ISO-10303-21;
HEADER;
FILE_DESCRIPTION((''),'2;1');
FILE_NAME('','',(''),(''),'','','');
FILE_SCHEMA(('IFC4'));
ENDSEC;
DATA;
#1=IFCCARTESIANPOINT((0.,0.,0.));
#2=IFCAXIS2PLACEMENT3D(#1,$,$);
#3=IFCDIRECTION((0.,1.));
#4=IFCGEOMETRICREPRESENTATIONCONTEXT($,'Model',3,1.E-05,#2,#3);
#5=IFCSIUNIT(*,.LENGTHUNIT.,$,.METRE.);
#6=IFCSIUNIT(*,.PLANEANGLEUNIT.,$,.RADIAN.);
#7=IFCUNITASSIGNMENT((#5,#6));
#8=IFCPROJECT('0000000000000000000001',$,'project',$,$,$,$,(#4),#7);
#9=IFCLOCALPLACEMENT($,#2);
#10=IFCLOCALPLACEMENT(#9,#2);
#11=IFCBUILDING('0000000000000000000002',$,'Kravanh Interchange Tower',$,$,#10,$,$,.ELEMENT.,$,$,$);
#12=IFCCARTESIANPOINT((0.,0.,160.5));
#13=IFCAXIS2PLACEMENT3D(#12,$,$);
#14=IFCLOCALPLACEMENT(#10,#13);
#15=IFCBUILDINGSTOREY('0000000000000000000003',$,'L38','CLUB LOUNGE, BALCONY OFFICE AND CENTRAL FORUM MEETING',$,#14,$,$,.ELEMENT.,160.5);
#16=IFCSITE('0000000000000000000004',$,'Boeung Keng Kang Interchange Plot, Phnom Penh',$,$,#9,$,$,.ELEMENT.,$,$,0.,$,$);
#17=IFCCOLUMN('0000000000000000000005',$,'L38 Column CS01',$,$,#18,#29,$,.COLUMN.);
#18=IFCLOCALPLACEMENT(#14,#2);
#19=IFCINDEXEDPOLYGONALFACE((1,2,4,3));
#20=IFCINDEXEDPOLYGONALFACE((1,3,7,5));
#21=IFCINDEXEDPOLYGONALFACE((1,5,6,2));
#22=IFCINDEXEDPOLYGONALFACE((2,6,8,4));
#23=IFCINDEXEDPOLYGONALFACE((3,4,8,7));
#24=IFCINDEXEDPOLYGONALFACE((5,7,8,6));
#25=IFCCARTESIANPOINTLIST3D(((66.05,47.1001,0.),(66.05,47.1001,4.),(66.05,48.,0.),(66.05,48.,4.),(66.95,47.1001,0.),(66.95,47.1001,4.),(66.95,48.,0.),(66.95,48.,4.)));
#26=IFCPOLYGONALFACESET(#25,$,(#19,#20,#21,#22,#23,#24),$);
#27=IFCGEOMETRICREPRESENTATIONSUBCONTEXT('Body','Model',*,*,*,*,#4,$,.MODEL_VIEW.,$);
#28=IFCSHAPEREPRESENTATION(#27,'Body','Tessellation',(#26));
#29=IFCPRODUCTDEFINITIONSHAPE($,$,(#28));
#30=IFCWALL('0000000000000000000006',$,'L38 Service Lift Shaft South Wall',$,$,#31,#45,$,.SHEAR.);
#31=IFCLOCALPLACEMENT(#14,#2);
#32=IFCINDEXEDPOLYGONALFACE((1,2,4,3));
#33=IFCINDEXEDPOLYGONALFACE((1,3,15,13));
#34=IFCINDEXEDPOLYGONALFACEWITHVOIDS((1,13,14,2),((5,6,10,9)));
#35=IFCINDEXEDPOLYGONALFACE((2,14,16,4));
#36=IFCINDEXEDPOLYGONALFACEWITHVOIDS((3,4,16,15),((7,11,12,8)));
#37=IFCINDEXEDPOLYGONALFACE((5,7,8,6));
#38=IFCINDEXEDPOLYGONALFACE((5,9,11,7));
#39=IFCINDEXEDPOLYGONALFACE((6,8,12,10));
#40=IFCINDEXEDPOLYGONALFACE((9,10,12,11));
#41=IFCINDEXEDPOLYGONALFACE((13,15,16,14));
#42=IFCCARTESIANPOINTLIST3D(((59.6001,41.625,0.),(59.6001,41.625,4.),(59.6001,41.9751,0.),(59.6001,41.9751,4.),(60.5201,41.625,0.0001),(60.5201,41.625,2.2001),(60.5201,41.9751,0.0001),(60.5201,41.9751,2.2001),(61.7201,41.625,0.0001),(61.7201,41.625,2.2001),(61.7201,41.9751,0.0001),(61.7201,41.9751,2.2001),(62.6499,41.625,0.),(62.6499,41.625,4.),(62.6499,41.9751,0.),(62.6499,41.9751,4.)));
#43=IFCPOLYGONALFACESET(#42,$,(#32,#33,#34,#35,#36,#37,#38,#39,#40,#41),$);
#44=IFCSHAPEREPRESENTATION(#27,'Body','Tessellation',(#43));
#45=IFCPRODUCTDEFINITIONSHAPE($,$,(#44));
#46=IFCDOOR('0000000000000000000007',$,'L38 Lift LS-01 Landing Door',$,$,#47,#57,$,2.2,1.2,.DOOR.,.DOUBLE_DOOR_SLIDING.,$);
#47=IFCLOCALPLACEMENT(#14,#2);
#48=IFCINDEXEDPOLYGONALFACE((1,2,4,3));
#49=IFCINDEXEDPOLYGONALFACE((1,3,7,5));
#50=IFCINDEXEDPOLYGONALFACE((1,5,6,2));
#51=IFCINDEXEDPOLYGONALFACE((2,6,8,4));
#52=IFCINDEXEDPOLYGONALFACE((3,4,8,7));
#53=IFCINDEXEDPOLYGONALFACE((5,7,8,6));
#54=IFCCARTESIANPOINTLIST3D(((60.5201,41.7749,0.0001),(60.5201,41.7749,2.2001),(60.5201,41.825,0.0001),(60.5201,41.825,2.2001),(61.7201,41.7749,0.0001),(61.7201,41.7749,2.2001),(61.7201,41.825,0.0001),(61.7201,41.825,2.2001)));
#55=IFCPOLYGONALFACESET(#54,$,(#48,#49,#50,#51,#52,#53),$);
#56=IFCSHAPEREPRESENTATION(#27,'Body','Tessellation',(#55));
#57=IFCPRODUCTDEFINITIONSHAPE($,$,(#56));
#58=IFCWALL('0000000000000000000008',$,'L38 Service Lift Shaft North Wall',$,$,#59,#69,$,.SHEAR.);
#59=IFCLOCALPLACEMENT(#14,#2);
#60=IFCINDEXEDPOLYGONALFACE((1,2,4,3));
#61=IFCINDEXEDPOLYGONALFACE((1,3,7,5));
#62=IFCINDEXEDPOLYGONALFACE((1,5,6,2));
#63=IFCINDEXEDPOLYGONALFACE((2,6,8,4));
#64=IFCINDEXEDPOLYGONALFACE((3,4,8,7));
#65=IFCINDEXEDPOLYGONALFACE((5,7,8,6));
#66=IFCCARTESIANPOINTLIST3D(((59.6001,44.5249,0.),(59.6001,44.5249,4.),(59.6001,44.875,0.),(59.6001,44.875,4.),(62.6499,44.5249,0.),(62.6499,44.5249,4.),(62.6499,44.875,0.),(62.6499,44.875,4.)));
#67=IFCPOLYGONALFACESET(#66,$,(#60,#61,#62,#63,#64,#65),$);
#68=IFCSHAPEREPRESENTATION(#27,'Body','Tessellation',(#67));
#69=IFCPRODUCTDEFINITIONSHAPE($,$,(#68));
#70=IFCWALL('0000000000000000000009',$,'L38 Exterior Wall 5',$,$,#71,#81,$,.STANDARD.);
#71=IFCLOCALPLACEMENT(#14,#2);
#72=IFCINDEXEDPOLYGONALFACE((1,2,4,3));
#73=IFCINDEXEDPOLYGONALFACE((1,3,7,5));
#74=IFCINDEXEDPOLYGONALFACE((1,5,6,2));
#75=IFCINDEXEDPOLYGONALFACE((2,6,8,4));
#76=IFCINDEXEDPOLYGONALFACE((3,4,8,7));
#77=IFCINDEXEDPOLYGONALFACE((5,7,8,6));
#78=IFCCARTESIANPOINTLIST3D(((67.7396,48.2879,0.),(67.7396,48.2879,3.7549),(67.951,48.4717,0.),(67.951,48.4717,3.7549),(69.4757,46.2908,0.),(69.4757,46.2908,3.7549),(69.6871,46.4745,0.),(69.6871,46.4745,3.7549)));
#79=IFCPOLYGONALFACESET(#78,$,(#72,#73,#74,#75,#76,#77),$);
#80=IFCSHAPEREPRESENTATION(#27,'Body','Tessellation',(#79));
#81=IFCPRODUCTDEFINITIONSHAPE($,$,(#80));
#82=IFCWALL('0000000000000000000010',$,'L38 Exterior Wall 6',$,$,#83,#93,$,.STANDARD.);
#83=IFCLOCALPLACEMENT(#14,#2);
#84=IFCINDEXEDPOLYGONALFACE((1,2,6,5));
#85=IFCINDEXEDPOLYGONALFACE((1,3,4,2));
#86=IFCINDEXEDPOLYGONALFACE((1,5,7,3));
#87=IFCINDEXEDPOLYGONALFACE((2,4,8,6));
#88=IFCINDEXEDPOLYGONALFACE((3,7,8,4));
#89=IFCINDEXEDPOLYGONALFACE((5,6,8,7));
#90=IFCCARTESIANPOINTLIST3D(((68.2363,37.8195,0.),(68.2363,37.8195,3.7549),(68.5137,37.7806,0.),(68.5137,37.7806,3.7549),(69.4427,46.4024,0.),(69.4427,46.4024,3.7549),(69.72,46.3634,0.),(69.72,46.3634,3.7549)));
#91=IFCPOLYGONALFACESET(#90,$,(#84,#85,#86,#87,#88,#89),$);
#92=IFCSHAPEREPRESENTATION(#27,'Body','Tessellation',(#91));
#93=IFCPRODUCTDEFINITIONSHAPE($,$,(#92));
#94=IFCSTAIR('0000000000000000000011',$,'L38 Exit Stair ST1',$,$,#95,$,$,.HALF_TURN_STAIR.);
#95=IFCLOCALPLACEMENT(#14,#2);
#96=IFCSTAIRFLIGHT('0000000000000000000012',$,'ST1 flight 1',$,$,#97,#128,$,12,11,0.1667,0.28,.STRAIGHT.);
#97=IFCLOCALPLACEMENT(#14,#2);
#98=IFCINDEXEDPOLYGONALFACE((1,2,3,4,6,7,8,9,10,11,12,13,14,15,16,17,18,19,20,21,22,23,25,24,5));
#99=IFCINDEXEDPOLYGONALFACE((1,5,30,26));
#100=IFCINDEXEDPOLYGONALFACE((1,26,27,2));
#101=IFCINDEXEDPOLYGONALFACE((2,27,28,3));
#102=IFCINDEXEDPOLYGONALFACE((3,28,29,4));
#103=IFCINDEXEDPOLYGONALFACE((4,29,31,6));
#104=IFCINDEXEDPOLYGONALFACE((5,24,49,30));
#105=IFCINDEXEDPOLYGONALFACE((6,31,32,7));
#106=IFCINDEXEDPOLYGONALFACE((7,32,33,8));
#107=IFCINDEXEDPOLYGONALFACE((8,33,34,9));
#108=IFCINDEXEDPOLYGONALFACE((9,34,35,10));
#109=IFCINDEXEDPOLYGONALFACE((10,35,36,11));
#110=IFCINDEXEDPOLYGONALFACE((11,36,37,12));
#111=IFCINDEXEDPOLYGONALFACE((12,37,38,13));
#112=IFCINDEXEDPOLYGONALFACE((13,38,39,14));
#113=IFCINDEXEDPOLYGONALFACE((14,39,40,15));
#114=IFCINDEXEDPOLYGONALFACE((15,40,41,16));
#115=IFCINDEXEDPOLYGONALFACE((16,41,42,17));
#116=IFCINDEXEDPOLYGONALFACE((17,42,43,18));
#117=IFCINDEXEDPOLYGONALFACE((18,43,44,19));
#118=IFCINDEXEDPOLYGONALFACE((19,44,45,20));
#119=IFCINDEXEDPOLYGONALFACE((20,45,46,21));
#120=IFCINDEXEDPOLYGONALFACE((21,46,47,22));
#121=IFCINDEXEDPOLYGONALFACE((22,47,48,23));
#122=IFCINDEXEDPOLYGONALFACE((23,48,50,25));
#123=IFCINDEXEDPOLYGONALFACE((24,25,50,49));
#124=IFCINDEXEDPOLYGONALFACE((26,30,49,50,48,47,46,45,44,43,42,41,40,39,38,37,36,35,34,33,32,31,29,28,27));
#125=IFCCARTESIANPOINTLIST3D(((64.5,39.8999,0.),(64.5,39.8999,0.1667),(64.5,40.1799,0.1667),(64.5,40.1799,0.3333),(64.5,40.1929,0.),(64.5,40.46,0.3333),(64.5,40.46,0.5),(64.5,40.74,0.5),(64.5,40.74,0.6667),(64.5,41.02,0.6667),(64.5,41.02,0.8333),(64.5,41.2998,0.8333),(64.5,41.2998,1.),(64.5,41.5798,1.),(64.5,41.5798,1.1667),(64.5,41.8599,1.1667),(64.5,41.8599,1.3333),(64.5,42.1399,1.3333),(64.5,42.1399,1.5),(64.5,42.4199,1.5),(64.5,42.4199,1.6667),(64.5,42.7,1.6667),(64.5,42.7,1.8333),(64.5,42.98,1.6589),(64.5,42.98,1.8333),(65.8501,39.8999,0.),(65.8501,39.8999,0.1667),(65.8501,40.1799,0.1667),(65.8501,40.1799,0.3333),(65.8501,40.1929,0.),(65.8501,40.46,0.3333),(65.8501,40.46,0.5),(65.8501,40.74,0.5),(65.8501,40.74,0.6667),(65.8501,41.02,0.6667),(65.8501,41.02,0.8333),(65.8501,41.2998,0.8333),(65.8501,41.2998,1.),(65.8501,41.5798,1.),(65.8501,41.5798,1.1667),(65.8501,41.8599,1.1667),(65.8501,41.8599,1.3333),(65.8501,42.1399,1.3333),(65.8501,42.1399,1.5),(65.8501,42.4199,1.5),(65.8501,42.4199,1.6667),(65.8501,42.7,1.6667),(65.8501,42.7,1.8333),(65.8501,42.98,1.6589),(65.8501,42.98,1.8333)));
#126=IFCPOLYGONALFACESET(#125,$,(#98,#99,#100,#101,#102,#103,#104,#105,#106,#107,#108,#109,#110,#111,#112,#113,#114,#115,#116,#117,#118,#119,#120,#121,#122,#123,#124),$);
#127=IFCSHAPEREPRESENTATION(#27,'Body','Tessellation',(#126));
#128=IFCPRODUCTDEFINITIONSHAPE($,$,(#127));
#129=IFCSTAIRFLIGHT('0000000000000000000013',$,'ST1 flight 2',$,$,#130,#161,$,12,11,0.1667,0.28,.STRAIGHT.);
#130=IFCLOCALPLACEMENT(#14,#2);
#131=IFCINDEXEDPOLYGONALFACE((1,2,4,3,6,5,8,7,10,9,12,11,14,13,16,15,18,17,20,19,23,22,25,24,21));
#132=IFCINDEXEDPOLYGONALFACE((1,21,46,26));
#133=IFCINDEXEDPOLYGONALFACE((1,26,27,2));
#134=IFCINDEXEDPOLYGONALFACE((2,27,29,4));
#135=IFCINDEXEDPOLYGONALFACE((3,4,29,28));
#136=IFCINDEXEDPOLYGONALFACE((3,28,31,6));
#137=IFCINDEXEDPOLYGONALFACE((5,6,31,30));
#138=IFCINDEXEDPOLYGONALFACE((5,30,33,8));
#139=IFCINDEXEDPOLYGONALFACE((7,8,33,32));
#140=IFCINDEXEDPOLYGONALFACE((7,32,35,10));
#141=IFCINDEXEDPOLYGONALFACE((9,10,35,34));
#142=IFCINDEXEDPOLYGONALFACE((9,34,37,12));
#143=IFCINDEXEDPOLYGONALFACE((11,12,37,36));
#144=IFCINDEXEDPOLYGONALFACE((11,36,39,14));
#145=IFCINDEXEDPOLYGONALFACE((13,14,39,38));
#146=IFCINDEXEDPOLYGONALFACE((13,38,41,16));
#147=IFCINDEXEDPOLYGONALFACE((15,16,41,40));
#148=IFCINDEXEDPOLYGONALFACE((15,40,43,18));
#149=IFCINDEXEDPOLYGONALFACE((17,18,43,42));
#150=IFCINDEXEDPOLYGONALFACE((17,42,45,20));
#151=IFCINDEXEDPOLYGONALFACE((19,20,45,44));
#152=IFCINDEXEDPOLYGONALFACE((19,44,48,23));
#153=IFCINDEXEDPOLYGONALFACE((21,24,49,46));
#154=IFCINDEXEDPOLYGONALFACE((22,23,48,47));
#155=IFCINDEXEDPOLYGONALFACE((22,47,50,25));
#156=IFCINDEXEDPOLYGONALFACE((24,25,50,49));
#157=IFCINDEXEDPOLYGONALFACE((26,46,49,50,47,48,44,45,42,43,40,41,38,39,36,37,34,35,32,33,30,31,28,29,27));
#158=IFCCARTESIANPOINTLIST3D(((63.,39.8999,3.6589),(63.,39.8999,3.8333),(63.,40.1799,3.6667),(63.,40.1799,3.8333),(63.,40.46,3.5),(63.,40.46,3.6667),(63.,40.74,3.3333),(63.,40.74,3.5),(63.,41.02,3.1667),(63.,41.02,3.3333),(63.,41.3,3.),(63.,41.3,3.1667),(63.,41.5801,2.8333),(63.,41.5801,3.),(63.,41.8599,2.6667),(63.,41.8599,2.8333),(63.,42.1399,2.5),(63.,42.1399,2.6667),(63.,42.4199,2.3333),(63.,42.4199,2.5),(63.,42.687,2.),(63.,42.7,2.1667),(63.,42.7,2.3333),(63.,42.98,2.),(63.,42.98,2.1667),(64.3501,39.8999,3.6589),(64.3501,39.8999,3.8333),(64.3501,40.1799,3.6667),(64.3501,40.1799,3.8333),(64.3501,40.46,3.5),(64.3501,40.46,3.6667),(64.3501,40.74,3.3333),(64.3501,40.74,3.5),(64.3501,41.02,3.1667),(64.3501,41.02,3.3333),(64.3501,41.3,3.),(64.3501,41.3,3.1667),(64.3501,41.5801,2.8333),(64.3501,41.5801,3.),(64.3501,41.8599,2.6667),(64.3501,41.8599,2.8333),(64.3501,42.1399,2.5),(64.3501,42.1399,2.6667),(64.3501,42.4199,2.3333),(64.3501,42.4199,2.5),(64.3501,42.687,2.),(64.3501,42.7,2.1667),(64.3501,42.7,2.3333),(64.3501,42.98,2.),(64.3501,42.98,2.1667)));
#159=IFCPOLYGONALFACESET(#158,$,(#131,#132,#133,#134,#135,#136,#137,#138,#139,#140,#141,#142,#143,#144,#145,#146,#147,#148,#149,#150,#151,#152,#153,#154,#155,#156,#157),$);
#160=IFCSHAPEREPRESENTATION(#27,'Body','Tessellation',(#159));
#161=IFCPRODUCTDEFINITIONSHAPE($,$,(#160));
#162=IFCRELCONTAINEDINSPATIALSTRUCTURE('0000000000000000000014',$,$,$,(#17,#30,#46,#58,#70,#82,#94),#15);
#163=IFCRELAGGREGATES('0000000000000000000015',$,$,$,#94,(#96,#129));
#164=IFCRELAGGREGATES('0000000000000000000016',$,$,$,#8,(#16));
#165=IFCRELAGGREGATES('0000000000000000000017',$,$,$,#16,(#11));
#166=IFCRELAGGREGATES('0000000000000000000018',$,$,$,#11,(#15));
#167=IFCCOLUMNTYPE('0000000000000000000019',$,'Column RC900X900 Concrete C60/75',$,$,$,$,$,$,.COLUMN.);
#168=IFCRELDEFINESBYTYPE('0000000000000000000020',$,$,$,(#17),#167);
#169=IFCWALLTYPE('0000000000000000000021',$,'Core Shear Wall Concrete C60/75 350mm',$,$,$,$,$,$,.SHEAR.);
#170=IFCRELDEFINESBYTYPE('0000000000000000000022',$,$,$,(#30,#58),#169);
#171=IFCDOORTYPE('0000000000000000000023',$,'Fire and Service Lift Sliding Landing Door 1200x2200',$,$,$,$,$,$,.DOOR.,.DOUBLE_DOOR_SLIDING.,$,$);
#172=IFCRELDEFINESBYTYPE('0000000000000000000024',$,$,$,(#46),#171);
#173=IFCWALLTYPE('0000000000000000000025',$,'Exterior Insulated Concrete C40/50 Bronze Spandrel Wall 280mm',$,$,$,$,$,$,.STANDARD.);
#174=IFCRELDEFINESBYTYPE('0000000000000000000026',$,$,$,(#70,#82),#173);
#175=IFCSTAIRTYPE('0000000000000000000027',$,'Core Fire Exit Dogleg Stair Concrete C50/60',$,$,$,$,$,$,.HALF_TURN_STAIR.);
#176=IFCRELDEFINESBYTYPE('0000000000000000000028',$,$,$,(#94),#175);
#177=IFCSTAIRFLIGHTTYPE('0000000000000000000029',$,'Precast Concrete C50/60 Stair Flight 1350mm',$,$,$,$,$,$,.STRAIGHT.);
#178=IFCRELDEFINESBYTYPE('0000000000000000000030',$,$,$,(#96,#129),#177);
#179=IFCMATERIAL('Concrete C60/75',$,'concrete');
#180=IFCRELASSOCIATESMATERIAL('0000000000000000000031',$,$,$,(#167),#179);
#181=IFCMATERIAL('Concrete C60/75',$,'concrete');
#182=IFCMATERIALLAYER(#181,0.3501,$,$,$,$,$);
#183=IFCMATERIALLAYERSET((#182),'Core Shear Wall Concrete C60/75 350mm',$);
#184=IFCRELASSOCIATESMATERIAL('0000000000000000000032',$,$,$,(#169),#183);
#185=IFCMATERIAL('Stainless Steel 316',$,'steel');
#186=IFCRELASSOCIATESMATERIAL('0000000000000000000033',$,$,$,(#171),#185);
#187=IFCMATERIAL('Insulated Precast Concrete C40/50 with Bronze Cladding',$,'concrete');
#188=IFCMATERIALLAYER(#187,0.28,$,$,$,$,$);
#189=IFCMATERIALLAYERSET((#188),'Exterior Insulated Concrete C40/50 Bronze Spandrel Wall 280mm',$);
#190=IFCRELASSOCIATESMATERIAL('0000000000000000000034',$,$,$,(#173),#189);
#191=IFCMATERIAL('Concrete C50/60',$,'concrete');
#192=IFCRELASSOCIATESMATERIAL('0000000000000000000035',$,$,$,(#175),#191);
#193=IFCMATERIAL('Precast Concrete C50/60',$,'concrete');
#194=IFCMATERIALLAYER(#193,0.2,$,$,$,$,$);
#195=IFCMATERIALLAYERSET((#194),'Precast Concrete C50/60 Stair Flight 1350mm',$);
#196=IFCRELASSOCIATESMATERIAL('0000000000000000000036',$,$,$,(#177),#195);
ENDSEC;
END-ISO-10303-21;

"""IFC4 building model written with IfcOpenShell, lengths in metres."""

from ifc_helpers import new_model, si_unit, direction, frame, frame_2d, origin, origin_2d, place, context, subcontext, project, spatial, polyline, rectangle, outline, extrude, material, layer, layer_set, material_profile, profile_set, type_object, element, fill, aggregate, save


model = new_model("IFC4")

# Units and contexts
model_context = context("Model", 3, precision=1e-05, world=origin(), true_north=direction((0.0, 1.0)))
body_context = subcontext(model_context, "Body", "Model", "MODEL_VIEW")
ifc_project = project(units=[si_unit("LENGTHUNIT", "METRE"), si_unit("PLANEANGLEUNIT", "RADIAN")], contexts=[model_context])

# Site, building, storey
site_placement = place(None, origin())
site = spatial("IfcSite", under=ifc_project, at=site_placement, Name="Boeung Keng Kang Interchange Plot, Phnom Penh", CompositionType="ELEMENT", RefElevation=0.0)
building_placement = place(site_placement, origin())
building = spatial("IfcBuilding", under=site, at=building_placement, Name="Kravanh Interchange Tower", CompositionType="ELEMENT")
storey_placement = place(building_placement, frame((0.0, 0.0, 160.5)))
storey = spatial("IfcBuildingStorey", under=building, at=storey_placement, Name="L38", Description="CLUB LOUNGE, BALCONY OFFICE AND CENTRAL FORUM MEETING", CompositionType="ELEMENT", Elevation=160.5)

# Column
ifc_material_1 = material(Name="Concrete C60/75", Category="concrete")
ifc_material_profile = material_profile(ifc_material_1, rectangle(XDim=0.8999, YDim=0.8999, at=origin_2d()), Name="RC900X900")
ifc_profile_set = profile_set([ifc_material_profile], Name="Concrete C60/75")
column_type = type_object("IfcColumnType", Name="Column RC900X900 Concrete C60/75", PredefinedType="COLUMN", material=ifc_profile_set)
column_placement = place(storey_placement, frame((66.5, 47.55, 0.0), z_axis=(0.0, 0.0, 1.0), x_axis=(1.0, 0.0, 0.0)))
element("IfcColumn", 1, at=column_placement, inside=storey, type_object=column_type, Name="L38 Column CS01", PredefinedType="COLUMN", context=body_context, shape_type="SweptSolid", body=[
    extrude(rectangle(XDim=0.8999, YDim=0.8999, at=origin_2d()), origin(), (0.0, 0.0, 1.0), 4.0),
])

# Wall, opening, door
ifc_material_2 = material(Name="Concrete C60/75", Category="concrete")
ifc_layer_1 = layer(ifc_material_2, 0.3501)
ifc_layer_set_1 = layer_set([ifc_layer_1], Name="Core Shear Wall Concrete C60/75 350mm")
wall_type_1 = type_object("IfcWallType", Name="Core Shear Wall Concrete C60/75 350mm", PredefinedType="SHEAR", material=ifc_layer_set_1)
wall_1_placement = place(storey_placement, frame((59.6001, 41.8, 0.0), z_axis=(0.0, 0.0, 1.0), x_axis=(1.0, 0.0, 0.0)))
wall_1 = element("IfcWall", 2, at=wall_1_placement, inside=storey, type_object=wall_type_1, Name="L38 Service Lift Shaft South Wall", PredefinedType="SHEAR", context=body_context, shape_type="SweptSolid", body=[
    extrude(rectangle(XDim=3.0498, YDim=0.3501, at=frame_2d((1.5249, 0.0))), origin(), (0.0, 0.0, 1.0), 4.0),
])
opening_placement = place(wall_1_placement, frame((0.9199, 0.0, 0.0)))
opening = element("IfcOpeningElement", 3, at=opening_placement, cuts=wall_1, PredefinedType="OPENING", context=body_context, shape_type="SweptSolid", body=[
    extrude(rectangle(XDim=1.2, YDim=2.2, at=frame_2d((0.6001, 1.1001))), frame((0.0, 0.1851, 0.0), z_axis=(0.0, -1.0, 0.0), x_axis=(1.0, 0.0, 0.0)), (0.0, 0.0, 1.0), 0.3701),
])
ifc_material_3 = material(Name="Stainless Steel 316", Category="steel")
door_type = type_object("IfcDoorType", Name="Fire and Service Lift Sliding Landing Door 1200x2200", OperationType="DOUBLE_DOOR_SLIDING", PredefinedType="DOOR", material=ifc_material_3)
door_placement = place(opening_placement, origin())
door = element("IfcDoor", 4, at=door_placement, inside=storey, type_object=door_type, Name="L38 Lift LS-01 Landing Door", OperationType="DOUBLE_DOOR_SLIDING", OverallHeight=2.2, OverallWidth=1.2, PredefinedType="DOOR", context=body_context, shape_type="SweptSolid", body=[
    extrude(rectangle(XDim=1.2, YDim=2.2, at=frame_2d((0.6001, 1.1001))), frame((0.0, 0.0249, 0.0), z_axis=(0.0, -1.0, 0.0), x_axis=(1.0, 0.0, 0.0)), (0.0, 0.0, 1.0), 0.05),
])
fill(opening, door)

# Walls
wall_2_placement = place(storey_placement, frame((59.6001, 44.7, 0.0), z_axis=(0.0, 0.0, 1.0), x_axis=(1.0, 0.0, 0.0)))
element("IfcWall", 5, at=wall_2_placement, inside=storey, type_object=wall_type_1, Name="L38 Service Lift Shaft North Wall", PredefinedType="SHEAR", context=body_context, shape_type="SweptSolid", body=[
    extrude(rectangle(XDim=3.0498, YDim=0.3501, at=frame_2d((1.5249, 0.0))), origin(), (0.0, 0.0, 1.0), 4.0),
])
ifc_material_4 = material(Name="Insulated Precast Concrete C40/50 with Bronze Cladding", Category="concrete")
ifc_layer_2 = layer(ifc_material_4, 0.28)
ifc_layer_set_2 = layer_set([ifc_layer_2], Name="Exterior Insulated Concrete C40/50 Bronze Spandrel Wall 280mm")
wall_type_2 = type_object("IfcWallType", Name="Exterior Insulated Concrete C40/50 Bronze Spandrel Wall 280mm", PredefinedType="STANDARD", material=ifc_layer_set_2)
wall_3_placement = place(storey_placement, frame((67.8452, 48.3799, 0.0), z_axis=(0.0, 0.0, 1.0), x_axis=(0.656071, -0.754699, 0.0)))
element("IfcWall", 6, at=wall_3_placement, inside=storey, type_object=wall_type_2, Name="L38 Exterior Wall 5", PredefinedType="STANDARD", context=body_context, shape_type="SweptSolid", body=[
    extrude(rectangle(XDim=2.6462, YDim=0.28, at=frame_2d((1.3232, 0.0))), origin(), (0.0, 0.0, 1.0), 3.7549),
])
wall_4_placement = place(storey_placement, frame((69.5813, 46.3828, 0.0), z_axis=(0.0, 0.0, 1.0), x_axis=(-0.139181, -0.990267, 0.0)))
element("IfcWall", 7, at=wall_4_placement, inside=storey, type_object=wall_type_2, Name="L38 Exterior Wall 6", PredefinedType="STANDARD", context=body_context, shape_type="SweptSolid", body=[
    extrude(rectangle(XDim=8.6672, YDim=0.28, at=frame_2d((4.3335, 0.0))), origin(), (0.0, 0.0, 1.0), 3.7549),
])

# Stair, stair flights
ifc_material_5 = material(Name="Concrete C50/60", Category="concrete")
stair_type = type_object("IfcStairType", Name="Core Fire Exit Dogleg Stair Concrete C50/60", PredefinedType="HALF_TURN_STAIR", material=ifc_material_5)
stair_1_placement = place(storey_placement, origin())
stair_1 = element("IfcStair", 8, at=stair_1_placement, inside=storey, type_object=stair_type, Name="L38 Exit Stair ST1", PredefinedType="HALF_TURN_STAIR")
ifc_material_6 = material(Name="Precast Concrete C50/60", Category="concrete")
ifc_layer_3 = layer(ifc_material_6, 0.2)
ifc_layer_set_3 = layer_set([ifc_layer_3], Name="Precast Concrete C50/60 Stair Flight 1350mm")
stair_flight_type = type_object("IfcStairFlightType", Name="Precast Concrete C50/60 Stair Flight 1350mm", PredefinedType="STRAIGHT", material=ifc_layer_set_3)
stair_flight_1_placement = place(storey_placement, frame((65.175, 39.8999, 0.0), z_axis=(0.0, 0.0, 1.0), x_axis=(0.0, 1.0, 0.0)))
stair_flight_1 = element("IfcStairFlight", 9, at=stair_flight_1_placement, type_object=stair_flight_type, Name="ST1 flight 1", NumberOfRisers=12, NumberOfTreads=11, PredefinedType="STRAIGHT", RiserHeight=0.1667, TreadLength=0.28, context=body_context, shape_type="SweptSolid", body=[
    extrude(outline(polyline([(0.0, 0.0), (0.0, 0.1667), (0.28, 0.1667), (0.28, 0.3333), (0.5601, 0.3333), (0.5601, 0.5), (0.8401, 0.5), (0.8401, 0.6667), (1.1201, 0.6667), (1.1201, 0.8333), (1.3999, 0.8333), (1.3999, 1.0), (1.6799, 1.0), (1.6799, 1.1667), (1.96, 1.1667), (1.96, 1.3333), (2.24, 1.3333), (2.24, 1.5), (2.52, 1.5), (2.52, 1.6667), (2.8, 1.6667), (2.8, 1.8333), (3.0801, 1.8333), (3.0801, 2.0), (3.0801, 1.6589), (0.293, 0.0), (0.0, 0.0)])), frame((0.0, 0.675, 0.0), z_axis=(0.0, -1.0, 0.0), x_axis=(1.0, 0.0, 0.0)), (0.0, 0.0, 1.0), 1.3501),
])
stair_flight_2_placement = place(storey_placement, frame((63.675, 42.98, 2.0), z_axis=(0.0, 0.0, 1.0), x_axis=(0.0, -1.0, 0.0)))
stair_flight_2 = element("IfcStairFlight", 10, at=stair_flight_2_placement, type_object=stair_flight_type, Name="ST1 flight 2", NumberOfRisers=12, NumberOfTreads=11, PredefinedType="STRAIGHT", RiserHeight=0.1667, TreadLength=0.28, context=body_context, shape_type="SweptSolid", body=[
    extrude(outline(polyline([(0.0, 0.0), (0.0, 0.1667), (0.28, 0.1667), (0.28, 0.3333), (0.5601, 0.3333), (0.5601, 0.5), (0.8401, 0.5), (0.8401, 0.6667), (1.1201, 0.6667), (1.1201, 0.8333), (1.3999, 0.8333), (1.3999, 1.0), (1.6799, 1.0), (1.6799, 1.1667), (1.96, 1.1667), (1.96, 1.3333), (2.24, 1.3333), (2.24, 1.5), (2.52, 1.5), (2.52, 1.6667), (2.8, 1.6667), (2.8, 1.8333), (3.0801, 1.8333), (3.0801, 2.0), (3.0801, 1.6589), (0.293, 0.0), (0.0, 0.0)])), frame((0.0, 0.675, 0.0), z_axis=(0.0, -1.0, 0.0), x_axis=(1.0, 0.0, 0.0)), (0.0, 0.0, 1.0), 1.3501),
])
aggregate(stair_1, [stair_flight_1, stair_flight_2])

save(model, "model.ifc")
